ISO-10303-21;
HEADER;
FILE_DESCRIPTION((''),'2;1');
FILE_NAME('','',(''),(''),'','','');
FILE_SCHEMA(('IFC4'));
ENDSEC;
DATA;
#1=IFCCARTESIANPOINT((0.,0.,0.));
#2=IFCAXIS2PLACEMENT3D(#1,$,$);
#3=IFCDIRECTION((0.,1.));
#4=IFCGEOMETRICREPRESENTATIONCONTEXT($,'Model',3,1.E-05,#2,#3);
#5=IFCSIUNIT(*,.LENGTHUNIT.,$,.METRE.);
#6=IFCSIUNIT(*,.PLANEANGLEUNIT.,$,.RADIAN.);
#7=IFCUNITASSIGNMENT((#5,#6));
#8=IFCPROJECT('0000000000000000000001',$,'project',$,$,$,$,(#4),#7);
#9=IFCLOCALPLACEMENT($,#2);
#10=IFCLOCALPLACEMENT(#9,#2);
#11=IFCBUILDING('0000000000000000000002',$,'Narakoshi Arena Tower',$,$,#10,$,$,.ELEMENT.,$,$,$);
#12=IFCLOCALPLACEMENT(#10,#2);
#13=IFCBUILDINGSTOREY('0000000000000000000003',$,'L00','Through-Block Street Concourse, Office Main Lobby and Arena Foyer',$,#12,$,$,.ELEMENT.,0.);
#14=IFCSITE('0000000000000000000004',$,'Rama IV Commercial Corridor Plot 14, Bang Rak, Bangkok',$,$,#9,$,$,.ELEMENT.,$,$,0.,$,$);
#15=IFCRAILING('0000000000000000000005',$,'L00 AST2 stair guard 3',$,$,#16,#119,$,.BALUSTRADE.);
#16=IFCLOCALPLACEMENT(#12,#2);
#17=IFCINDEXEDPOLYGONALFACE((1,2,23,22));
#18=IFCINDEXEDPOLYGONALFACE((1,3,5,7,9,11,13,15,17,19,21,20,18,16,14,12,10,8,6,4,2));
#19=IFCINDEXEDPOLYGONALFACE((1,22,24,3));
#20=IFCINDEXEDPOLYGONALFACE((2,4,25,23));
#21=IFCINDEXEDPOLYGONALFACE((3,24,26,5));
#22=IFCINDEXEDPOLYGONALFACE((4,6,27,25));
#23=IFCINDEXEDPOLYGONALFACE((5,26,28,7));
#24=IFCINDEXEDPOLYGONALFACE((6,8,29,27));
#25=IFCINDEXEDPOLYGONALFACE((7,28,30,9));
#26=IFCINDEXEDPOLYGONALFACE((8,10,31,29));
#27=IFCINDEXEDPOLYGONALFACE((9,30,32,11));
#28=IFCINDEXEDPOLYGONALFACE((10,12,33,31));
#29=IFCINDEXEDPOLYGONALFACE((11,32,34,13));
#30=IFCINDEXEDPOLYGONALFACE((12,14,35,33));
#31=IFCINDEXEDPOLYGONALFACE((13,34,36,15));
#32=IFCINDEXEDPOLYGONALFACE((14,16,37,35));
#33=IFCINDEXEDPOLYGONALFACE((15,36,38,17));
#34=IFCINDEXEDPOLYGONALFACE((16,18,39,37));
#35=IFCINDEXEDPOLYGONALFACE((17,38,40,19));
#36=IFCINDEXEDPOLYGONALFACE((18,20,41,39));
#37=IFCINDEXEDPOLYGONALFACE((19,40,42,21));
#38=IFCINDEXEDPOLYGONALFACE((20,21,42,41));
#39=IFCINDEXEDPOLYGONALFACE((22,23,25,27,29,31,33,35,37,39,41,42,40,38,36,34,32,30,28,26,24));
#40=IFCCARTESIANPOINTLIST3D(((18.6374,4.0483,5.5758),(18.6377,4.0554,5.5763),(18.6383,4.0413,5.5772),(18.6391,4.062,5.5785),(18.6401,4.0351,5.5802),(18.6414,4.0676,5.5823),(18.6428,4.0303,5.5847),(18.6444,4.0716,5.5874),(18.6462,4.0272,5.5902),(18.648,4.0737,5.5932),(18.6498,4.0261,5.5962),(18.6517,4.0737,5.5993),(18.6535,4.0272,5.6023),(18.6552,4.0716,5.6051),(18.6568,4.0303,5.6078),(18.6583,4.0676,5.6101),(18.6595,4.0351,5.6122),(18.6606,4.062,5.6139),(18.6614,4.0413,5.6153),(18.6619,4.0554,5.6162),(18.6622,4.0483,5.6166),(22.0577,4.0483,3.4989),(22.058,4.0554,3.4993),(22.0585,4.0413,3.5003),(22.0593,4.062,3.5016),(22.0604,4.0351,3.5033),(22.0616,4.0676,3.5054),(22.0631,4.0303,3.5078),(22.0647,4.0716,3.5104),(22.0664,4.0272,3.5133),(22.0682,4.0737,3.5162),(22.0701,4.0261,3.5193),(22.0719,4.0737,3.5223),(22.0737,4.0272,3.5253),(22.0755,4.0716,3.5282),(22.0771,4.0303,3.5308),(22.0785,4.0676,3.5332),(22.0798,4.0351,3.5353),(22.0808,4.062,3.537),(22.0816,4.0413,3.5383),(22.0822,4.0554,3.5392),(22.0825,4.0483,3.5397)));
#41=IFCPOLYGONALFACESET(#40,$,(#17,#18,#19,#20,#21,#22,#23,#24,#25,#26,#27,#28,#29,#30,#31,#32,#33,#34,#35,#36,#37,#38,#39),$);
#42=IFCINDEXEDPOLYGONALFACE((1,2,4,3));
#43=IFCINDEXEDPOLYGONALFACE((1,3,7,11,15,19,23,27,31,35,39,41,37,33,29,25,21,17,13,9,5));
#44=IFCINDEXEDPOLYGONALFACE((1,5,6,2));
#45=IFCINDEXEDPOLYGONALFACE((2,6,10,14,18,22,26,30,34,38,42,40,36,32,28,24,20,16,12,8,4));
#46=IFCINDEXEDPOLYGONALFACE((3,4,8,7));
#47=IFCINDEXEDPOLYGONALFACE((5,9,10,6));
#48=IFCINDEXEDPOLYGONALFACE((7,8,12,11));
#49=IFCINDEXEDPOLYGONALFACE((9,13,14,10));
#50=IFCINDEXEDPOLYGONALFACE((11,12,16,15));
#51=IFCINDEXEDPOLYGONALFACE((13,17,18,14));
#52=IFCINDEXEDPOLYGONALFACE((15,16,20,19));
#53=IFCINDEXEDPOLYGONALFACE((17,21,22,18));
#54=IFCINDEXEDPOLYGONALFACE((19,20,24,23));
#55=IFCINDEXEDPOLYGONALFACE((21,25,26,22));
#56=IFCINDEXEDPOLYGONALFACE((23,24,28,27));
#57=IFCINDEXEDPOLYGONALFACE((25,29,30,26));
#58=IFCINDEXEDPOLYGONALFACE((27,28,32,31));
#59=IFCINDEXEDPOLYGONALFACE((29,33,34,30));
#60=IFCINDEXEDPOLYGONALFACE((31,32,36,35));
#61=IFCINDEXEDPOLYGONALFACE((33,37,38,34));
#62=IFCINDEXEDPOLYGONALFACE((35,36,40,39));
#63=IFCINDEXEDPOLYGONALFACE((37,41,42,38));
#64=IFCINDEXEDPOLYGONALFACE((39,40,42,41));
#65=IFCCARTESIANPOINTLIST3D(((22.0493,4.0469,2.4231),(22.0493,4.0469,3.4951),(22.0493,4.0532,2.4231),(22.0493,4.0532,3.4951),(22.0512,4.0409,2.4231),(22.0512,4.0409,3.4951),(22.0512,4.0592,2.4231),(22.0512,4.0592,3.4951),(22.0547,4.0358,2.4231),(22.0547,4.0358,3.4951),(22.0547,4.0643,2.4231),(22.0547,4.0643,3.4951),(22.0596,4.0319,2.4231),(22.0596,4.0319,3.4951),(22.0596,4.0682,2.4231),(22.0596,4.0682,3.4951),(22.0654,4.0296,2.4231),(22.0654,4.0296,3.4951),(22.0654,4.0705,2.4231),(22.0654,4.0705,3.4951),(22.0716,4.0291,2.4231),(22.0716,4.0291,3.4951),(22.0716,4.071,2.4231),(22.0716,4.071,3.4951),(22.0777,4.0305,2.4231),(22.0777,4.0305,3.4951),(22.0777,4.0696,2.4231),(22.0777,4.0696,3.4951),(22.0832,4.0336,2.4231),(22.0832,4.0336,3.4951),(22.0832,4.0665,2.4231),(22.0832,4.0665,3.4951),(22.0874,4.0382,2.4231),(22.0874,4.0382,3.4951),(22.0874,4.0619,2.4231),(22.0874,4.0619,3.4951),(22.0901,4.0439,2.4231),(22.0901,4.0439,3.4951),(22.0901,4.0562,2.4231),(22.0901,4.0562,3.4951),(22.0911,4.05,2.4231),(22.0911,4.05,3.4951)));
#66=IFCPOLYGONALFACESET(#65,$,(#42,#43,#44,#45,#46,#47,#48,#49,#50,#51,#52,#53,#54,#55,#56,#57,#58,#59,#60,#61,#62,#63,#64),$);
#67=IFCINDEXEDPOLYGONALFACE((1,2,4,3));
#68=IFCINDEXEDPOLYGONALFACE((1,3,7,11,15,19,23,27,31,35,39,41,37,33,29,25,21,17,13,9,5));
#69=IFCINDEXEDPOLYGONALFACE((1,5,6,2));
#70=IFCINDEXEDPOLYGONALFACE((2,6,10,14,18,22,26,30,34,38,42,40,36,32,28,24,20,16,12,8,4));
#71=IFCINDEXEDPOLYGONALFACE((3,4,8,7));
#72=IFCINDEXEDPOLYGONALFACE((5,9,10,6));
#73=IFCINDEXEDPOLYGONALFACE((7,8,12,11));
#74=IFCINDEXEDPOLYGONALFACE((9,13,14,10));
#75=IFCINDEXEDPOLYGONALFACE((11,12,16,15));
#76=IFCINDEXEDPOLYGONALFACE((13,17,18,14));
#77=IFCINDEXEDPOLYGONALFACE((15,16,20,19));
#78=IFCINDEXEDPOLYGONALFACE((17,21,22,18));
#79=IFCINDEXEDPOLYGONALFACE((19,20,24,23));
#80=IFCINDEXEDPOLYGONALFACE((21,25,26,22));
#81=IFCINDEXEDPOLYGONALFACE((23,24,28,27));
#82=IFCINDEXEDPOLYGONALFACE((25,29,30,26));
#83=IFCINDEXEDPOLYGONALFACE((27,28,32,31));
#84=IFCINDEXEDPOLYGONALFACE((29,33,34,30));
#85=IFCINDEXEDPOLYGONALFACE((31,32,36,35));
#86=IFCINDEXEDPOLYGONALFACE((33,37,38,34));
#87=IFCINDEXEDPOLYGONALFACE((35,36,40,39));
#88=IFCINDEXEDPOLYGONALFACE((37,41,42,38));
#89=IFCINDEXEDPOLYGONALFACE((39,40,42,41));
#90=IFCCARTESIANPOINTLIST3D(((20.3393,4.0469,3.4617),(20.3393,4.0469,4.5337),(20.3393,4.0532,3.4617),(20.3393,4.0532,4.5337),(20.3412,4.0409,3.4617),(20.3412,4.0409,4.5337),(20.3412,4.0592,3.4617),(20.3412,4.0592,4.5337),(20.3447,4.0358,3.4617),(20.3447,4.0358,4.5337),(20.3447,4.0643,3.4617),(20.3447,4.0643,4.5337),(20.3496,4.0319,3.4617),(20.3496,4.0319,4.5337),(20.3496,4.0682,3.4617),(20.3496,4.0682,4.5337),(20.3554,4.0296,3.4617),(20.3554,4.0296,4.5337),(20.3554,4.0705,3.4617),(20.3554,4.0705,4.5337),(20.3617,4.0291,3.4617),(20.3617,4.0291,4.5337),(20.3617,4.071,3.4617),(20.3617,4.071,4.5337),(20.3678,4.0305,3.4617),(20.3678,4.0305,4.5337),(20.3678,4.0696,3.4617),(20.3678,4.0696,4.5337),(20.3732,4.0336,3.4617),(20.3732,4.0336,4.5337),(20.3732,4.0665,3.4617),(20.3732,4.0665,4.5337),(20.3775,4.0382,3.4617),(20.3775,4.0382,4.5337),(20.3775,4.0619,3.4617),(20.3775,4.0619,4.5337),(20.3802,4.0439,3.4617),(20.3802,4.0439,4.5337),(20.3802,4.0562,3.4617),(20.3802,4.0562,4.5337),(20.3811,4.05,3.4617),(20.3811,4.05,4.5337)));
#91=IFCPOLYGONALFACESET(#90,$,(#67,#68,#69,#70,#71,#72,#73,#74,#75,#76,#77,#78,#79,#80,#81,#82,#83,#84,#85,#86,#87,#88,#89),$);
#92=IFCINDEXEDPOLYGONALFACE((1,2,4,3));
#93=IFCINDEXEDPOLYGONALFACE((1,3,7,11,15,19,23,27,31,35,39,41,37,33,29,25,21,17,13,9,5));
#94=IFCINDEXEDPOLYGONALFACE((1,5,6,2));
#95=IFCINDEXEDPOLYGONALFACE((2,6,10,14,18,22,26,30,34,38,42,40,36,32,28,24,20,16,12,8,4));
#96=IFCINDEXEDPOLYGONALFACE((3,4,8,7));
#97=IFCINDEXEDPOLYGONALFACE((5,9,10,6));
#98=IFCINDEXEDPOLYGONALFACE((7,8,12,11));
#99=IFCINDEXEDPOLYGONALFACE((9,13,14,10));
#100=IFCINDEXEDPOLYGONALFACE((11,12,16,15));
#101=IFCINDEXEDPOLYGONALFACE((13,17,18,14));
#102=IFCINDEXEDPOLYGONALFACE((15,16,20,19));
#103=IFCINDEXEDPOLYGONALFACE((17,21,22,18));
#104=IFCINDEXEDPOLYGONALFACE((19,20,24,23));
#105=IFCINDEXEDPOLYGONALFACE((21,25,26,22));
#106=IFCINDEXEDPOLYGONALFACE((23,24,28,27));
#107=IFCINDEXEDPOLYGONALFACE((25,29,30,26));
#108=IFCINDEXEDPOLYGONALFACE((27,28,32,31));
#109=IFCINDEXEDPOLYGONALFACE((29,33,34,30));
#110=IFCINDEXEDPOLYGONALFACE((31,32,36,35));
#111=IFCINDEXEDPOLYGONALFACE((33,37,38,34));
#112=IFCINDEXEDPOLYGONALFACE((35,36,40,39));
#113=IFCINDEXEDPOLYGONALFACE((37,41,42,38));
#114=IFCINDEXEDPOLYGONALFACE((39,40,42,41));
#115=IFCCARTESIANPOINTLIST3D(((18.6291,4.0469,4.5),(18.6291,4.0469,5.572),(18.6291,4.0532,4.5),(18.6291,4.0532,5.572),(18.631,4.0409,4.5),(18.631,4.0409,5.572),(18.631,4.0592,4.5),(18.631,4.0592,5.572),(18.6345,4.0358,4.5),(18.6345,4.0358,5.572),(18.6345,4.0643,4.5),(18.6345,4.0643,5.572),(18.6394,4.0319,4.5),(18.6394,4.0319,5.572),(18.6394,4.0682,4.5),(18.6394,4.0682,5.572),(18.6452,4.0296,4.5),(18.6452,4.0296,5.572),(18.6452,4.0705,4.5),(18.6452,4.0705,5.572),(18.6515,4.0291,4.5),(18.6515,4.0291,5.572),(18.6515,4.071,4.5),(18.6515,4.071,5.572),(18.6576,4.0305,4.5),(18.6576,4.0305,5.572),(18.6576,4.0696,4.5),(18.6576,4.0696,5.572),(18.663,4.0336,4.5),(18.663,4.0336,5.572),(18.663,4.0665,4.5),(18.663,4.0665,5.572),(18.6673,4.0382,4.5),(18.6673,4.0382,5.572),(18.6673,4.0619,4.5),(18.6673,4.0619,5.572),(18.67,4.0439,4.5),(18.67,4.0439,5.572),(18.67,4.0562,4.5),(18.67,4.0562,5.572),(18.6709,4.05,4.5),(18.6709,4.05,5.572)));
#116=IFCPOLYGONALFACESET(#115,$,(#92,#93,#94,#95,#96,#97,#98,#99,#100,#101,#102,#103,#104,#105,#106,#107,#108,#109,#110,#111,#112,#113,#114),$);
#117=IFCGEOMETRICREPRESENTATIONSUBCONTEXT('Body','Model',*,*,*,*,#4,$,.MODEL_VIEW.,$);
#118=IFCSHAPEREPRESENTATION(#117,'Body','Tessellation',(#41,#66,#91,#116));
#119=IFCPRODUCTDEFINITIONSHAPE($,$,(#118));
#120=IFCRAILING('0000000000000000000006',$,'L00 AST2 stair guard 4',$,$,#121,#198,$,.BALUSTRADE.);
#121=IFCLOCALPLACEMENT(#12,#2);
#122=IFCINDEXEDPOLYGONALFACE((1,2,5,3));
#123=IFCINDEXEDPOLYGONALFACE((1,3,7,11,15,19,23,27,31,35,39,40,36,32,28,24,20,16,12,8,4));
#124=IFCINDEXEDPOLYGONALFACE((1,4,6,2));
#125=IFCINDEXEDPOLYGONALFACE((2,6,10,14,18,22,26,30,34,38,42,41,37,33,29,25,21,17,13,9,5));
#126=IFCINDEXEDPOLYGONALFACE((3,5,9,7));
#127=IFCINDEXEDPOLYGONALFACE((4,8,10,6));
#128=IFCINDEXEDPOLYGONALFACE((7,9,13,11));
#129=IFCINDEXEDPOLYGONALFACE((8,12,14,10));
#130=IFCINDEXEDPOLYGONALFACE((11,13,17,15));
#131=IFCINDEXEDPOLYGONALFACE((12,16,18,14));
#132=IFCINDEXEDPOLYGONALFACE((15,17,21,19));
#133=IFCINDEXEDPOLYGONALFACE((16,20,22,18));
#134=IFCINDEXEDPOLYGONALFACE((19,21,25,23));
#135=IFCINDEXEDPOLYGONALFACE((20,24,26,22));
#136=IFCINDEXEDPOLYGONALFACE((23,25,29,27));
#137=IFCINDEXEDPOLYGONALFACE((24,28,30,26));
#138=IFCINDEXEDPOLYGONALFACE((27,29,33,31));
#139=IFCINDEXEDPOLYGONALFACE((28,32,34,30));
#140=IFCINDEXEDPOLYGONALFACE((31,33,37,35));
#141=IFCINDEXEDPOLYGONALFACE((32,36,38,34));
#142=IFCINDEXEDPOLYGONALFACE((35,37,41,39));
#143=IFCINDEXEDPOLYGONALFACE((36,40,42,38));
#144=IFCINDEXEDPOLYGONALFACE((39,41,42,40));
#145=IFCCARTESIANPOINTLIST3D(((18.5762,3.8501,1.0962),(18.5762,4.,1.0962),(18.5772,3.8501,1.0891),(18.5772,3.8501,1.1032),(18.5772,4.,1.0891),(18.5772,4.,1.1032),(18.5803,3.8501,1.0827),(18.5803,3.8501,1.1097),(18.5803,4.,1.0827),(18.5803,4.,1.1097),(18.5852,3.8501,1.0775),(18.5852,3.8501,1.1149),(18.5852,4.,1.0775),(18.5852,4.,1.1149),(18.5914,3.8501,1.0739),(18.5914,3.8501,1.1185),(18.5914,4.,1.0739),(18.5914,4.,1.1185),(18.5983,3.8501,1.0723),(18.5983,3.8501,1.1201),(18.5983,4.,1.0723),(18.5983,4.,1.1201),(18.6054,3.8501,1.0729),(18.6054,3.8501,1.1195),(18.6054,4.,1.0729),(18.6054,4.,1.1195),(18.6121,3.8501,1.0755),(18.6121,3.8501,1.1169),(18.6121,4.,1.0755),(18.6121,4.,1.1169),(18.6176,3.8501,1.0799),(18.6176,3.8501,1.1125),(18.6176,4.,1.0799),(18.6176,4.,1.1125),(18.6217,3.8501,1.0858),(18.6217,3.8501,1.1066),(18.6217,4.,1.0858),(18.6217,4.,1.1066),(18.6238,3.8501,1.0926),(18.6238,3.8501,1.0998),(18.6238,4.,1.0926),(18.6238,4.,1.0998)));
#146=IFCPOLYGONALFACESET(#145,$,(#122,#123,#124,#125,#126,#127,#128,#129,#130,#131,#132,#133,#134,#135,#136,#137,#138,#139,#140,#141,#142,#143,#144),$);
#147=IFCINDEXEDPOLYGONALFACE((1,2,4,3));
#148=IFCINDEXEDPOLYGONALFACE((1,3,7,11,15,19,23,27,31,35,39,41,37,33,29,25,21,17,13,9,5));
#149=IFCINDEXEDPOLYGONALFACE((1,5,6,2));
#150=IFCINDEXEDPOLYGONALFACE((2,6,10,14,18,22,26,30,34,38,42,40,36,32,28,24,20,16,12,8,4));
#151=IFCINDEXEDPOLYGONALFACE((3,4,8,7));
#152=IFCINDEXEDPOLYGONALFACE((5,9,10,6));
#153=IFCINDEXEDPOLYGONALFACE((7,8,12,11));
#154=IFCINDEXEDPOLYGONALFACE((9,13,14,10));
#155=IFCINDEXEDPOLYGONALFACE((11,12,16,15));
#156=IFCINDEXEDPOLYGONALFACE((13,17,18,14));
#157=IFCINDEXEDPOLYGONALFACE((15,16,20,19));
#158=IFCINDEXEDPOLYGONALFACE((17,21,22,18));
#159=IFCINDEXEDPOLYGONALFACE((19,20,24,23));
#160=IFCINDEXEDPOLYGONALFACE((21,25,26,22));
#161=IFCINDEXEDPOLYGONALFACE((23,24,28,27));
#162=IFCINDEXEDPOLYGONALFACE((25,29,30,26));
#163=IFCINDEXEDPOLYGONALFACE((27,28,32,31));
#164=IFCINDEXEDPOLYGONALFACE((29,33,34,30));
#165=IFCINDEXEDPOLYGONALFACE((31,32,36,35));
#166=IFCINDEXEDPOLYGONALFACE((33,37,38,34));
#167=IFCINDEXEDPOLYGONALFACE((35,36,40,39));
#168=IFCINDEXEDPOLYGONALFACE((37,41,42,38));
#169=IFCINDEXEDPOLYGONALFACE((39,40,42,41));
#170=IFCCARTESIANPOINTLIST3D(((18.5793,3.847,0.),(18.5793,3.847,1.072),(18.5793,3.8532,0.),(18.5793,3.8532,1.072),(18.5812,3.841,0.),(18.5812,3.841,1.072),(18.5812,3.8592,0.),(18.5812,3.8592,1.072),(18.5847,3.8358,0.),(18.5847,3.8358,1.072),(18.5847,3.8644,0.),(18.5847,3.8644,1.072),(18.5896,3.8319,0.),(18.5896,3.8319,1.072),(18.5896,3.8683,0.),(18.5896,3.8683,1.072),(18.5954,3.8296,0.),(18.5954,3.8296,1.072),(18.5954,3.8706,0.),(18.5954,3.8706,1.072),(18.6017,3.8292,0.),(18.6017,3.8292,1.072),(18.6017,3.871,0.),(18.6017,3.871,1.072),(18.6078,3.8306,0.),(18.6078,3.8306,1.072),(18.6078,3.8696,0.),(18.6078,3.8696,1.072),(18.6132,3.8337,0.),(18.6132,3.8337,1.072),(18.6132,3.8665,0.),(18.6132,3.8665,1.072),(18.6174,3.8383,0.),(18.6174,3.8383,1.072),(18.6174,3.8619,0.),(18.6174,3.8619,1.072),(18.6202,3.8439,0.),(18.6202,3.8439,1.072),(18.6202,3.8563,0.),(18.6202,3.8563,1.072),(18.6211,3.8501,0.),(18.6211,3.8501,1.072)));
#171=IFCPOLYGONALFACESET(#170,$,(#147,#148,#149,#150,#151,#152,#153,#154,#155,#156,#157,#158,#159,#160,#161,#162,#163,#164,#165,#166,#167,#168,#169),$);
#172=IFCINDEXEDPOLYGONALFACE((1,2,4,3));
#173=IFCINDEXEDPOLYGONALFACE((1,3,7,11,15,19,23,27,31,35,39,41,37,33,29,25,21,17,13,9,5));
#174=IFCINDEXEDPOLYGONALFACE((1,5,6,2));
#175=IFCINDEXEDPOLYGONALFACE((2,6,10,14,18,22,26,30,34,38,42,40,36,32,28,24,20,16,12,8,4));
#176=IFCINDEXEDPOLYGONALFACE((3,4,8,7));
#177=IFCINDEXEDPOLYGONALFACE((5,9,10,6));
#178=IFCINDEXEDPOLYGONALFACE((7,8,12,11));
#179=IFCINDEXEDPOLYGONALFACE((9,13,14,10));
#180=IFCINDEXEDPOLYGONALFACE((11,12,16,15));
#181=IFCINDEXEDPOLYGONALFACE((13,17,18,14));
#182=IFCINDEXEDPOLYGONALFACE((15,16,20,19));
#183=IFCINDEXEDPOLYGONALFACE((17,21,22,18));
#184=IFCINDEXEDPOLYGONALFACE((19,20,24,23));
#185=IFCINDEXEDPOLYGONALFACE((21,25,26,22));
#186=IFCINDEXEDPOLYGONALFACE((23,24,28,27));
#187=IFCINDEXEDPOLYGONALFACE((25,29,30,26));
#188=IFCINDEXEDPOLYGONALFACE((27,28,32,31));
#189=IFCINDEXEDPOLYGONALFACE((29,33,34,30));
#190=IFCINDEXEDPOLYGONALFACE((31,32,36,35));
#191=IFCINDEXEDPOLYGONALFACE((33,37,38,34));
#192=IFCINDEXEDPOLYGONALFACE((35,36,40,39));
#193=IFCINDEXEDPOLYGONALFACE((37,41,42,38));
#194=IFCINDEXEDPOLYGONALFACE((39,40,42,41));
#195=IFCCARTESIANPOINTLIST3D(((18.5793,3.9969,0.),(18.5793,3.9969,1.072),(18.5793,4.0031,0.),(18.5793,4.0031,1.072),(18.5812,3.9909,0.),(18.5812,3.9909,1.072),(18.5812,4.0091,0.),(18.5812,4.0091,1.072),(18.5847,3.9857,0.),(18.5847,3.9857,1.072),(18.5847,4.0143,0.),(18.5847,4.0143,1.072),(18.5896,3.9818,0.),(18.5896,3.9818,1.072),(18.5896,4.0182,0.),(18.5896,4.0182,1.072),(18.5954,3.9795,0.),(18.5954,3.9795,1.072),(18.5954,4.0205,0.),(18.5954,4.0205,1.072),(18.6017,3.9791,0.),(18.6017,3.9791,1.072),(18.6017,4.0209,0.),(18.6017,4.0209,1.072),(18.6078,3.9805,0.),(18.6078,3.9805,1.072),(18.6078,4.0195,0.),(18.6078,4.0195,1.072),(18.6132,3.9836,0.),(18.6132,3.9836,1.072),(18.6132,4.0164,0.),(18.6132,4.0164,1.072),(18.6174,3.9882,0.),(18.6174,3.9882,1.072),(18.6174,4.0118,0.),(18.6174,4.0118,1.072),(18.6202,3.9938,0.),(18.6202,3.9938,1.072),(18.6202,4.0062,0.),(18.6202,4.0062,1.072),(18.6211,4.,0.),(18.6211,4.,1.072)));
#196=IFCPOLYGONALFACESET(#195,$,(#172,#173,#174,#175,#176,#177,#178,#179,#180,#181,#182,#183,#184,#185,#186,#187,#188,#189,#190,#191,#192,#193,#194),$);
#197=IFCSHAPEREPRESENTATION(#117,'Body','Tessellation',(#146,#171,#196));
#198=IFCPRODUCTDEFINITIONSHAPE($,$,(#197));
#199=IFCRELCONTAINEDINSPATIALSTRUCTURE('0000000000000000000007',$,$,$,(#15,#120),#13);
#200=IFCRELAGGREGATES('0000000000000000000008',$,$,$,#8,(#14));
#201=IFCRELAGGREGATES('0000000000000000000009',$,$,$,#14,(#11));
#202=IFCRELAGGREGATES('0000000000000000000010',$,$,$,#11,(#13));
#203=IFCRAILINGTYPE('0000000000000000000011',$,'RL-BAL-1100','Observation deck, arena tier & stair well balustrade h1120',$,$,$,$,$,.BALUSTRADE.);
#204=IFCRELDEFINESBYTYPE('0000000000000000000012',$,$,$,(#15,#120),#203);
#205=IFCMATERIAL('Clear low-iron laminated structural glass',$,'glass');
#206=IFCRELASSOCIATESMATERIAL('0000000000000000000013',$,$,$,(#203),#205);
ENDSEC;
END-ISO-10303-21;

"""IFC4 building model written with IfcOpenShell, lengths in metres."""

from ifc_helpers import new_model, si_unit, direction, frame, origin, origin_2d, place, context, subcontext, project, spatial, circle, extrude, material, type_object, element, save


model = new_model("IFC4")

# Units and contexts
model_context = context("Model", 3, precision=1e-05, world=origin(), true_north=direction((0.0, 1.0)))
body_context = subcontext(model_context, "Body", "Model", "MODEL_VIEW")
ifc_project = project(units=[si_unit("LENGTHUNIT", "METRE"), si_unit("PLANEANGLEUNIT", "RADIAN")], contexts=[model_context])

# Site, building, storey
site_placement = place(None, origin())
site = spatial("IfcSite", under=ifc_project, at=site_placement, Name="Rama IV Commercial Corridor Plot 14, Bang Rak, Bangkok", CompositionType="ELEMENT", RefElevation=0.0)
building_placement = place(site_placement, origin())
building = spatial("IfcBuilding", under=site, at=building_placement, Name="Narakoshi Arena Tower", CompositionType="ELEMENT")
storey_placement = place(building_placement, origin())
storey = spatial("IfcBuildingStorey", under=building, at=storey_placement, Name="L00", Description="Through-Block Street Concourse, Office Main Lobby and Arena Foyer", CompositionType="ELEMENT", Elevation=0.0)

# Railings
ifc_material_1 = material(Name="Clear low-iron laminated structural glass", Category="glass")
railing_type_1 = type_object("IfcRailingType", Name="RL-BAL-1100", Description="Observation deck, arena tier & stair well balustrade h1120", PredefinedType="BALUSTRADE", material=ifc_material_1)
railing_1_placement = place(storey_placement, frame((22.0701, 4.05, 2.4231)))
element("IfcRailing", 1, at=railing_1_placement, inside=storey, type_object=railing_type_1, Name="L00 AST2 stair guard 3", PredefinedType="BALUSTRADE", context=body_context, shape_type="SweptSolid", body=[
    extrude(circle(Radius=0.0239, at=origin_2d()), frame((0.0, 0.0, 1.0962), z_axis=(-0.854746, 0.0, 0.519047), x_axis=(0.0, -1.0, 0.0)), (0.0, 0.0, 1.0), 4.0015),
    extrude(circle(Radius=0.021, at=origin_2d()), origin(), (0.0, 0.0, 1.0), 1.072),
    extrude(circle(Radius=0.021, at=origin_2d()), frame((-1.71, 0.0, 1.0386)), (0.0, 0.0, 1.0), 1.072),
    extrude(circle(Radius=0.021, at=origin_2d()), frame((-3.4202, 0.0, 2.0769)), (0.0, 0.0, 1.0), 1.072),
])
railing_2_placement = place(storey_placement, frame((18.6001, 3.8501, 0.0)))
element("IfcRailing", 2, at=railing_2_placement, inside=storey, type_object=railing_type_1, Name="L00 AST2 stair guard 4", PredefinedType="BALUSTRADE", context=body_context, shape_type="SweptSolid", body=[
    extrude(circle(Radius=0.0239, at=origin_2d()), frame((0.0, 0.0, 1.0962), z_axis=(0.0, 1.0, 0.0), x_axis=(-1.0, 0.0, 0.0)), (0.0, 0.0, 1.0), 0.1499),
    extrude(circle(Radius=0.021, at=origin_2d()), origin(), (0.0, 0.0, 1.0), 1.072),
    extrude(circle(Radius=0.021, at=origin_2d()), frame((0.0, 0.1499, 0.0)), (0.0, 0.0, 1.0), 1.072),
])

save(model, "model.ifc")
